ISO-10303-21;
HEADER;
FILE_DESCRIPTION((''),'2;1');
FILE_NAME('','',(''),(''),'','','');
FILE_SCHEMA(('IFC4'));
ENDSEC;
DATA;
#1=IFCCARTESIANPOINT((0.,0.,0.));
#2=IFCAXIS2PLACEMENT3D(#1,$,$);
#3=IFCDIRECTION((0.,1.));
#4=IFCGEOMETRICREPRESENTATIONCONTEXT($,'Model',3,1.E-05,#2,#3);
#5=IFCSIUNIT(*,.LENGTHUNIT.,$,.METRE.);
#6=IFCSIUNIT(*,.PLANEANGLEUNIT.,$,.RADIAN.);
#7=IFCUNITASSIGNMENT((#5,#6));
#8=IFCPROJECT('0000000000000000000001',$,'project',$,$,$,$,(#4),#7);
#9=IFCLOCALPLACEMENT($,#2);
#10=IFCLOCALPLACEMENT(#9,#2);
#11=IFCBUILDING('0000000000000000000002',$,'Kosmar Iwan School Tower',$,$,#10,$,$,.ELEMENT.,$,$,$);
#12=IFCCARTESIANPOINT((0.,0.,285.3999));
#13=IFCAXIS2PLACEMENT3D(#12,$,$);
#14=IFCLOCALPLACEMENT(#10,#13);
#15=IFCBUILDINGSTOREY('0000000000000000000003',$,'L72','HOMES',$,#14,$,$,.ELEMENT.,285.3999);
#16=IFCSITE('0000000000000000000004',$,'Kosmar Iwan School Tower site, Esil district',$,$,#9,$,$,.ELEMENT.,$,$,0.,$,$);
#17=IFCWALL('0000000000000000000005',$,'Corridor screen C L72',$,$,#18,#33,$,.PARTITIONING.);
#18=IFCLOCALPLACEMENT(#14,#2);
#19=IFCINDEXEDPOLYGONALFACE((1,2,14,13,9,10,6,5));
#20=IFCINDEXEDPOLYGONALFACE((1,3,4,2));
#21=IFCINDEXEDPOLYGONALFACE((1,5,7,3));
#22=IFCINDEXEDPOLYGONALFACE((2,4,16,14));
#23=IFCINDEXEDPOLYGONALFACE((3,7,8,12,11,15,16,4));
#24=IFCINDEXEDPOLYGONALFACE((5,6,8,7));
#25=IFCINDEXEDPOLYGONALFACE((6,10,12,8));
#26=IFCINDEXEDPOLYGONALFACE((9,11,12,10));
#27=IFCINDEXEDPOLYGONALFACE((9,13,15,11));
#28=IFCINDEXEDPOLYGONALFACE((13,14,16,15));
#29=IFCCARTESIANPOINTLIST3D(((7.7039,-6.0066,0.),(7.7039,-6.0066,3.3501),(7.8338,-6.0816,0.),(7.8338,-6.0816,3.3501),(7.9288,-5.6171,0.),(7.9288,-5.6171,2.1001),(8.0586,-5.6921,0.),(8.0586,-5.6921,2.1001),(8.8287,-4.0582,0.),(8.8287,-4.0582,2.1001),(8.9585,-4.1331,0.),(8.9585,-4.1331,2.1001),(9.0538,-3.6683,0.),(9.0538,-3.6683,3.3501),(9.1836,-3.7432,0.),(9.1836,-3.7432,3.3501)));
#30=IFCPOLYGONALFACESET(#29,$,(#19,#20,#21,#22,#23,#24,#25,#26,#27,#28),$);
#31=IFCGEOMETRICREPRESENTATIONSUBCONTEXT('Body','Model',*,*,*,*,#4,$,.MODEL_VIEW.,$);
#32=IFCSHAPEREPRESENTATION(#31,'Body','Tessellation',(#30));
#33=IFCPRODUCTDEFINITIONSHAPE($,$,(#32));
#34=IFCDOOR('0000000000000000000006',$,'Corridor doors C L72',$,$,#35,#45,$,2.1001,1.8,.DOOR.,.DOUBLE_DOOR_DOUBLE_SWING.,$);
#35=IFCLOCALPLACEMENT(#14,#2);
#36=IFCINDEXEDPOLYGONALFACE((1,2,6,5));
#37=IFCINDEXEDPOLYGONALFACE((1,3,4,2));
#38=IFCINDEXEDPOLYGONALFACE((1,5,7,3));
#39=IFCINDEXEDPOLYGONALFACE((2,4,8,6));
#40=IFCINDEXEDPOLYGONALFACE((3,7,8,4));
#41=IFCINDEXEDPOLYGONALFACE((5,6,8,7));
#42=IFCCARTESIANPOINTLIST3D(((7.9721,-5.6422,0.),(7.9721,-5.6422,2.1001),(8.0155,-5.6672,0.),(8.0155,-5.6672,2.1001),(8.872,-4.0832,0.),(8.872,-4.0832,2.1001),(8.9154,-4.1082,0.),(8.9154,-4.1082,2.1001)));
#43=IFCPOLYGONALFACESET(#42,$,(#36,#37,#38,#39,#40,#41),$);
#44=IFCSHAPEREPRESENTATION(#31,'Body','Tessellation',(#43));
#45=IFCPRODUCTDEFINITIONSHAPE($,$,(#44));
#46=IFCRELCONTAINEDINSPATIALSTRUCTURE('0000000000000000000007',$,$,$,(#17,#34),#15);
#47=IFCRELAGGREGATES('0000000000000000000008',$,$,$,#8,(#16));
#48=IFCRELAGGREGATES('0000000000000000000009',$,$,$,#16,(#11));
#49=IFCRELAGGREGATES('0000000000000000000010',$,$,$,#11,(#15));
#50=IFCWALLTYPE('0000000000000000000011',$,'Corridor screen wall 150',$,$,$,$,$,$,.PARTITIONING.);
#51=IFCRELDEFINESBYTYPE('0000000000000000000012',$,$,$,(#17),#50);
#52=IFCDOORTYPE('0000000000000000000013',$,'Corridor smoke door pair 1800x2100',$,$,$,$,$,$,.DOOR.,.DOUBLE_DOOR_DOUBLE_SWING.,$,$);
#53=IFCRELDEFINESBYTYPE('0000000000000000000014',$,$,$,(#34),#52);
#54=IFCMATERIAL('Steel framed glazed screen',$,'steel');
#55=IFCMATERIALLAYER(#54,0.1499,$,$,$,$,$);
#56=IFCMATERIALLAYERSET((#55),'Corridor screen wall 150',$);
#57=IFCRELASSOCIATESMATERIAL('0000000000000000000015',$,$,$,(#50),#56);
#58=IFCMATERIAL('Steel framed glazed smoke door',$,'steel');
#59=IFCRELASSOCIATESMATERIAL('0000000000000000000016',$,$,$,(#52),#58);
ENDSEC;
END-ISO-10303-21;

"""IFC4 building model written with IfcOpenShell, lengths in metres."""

from ifc_helpers import new_model, si_unit, direction, frame, frame_2d, origin, place, context, subcontext, project, spatial, rectangle, extrude, material, layer, layer_set, type_object, element, fill, save


model = new_model("IFC4")

# Units and contexts
model_context = context("Model", 3, precision=1e-05, world=origin(), true_north=direction((0.0, 1.0)))
body_context = subcontext(model_context, "Body", "Model", "MODEL_VIEW")
ifc_project = project(units=[si_unit("LENGTHUNIT", "METRE"), si_unit("PLANEANGLEUNIT", "RADIAN")], contexts=[model_context])

# Site, building, storey
site_placement = place(None, origin())
site = spatial("IfcSite", under=ifc_project, at=site_placement, Name="Kosmar Iwan School Tower site, Esil district", CompositionType="ELEMENT", RefElevation=0.0)
building_placement = place(site_placement, origin())
building = spatial("IfcBuilding", under=site, at=building_placement, Name="Kosmar Iwan School Tower", CompositionType="ELEMENT")
storey_placement = place(building_placement, frame((0.0, 0.0, 285.3999)))
storey = spatial("IfcBuildingStorey", under=building, at=storey_placement, Name="L72", Description="HOMES", CompositionType="ELEMENT", Elevation=285.3999)

# Wall, opening, door
ifc_material_1 = material(Name="Steel framed glazed screen", Category="steel")
ifc_layer_1 = layer(ifc_material_1, 0.1499)
ifc_layer_set_1 = layer_set([ifc_layer_1], Name="Corridor screen wall 150")
wall_type_1 = type_object("IfcWallType", Name="Corridor screen wall 150", PredefinedType="PARTITIONING", material=ifc_layer_set_1)
wall_1_placement = place(storey_placement, frame((7.7688, -6.0442, 0.0), z_axis=(0.0, 0.0, 1.0), x_axis=(0.499942, 0.866059, 0.0)))
wall_1 = element("IfcWall", 1, at=wall_1_placement, inside=storey, type_object=wall_type_1, Name="Corridor screen C L72", PredefinedType="PARTITIONING", context=body_context, shape_type="SweptSolid", body=[
    extrude(rectangle(XDim=2.7, YDim=0.1499, at=frame_2d((1.3501, 0.0))), origin(), (0.0, 0.0, 1.0), 3.3501),
])
opening_1_placement = place(wall_1_placement, frame((0.45, 0.0, 0.0)))
opening_1 = element("IfcOpeningElement", 2, at=opening_1_placement, cuts=wall_1, PredefinedType="OPENING", context=body_context, shape_type="SweptSolid", body=[
    extrude(rectangle(XDim=1.8, YDim=2.1001, at=frame_2d((0.8999, 1.05))), frame((0.0, 0.0869, 0.0), z_axis=(0.0, -1.0, 0.0), x_axis=(1.0, 0.0, 0.0)), (0.0, 0.0, 1.0), 0.1738),
])
ifc_material_2 = material(Name="Steel framed glazed smoke door", Category="steel")
door_type_1 = type_object("IfcDoorType", Name="Corridor smoke door pair 1800x2100", OperationType="DOUBLE_DOOR_DOUBLE_SWING", PredefinedType="DOOR", material=ifc_material_2)
door_1_placement = place(opening_1_placement, origin())
door_1 = element("IfcDoor", 3, at=door_1_placement, inside=storey, type_object=door_type_1, Name="Corridor doors C L72", OperationType="DOUBLE_DOOR_DOUBLE_SWING", OverallHeight=2.1001, OverallWidth=1.8, PredefinedType="DOOR", context=body_context, shape_type="SweptSolid", body=[
    extrude(rectangle(XDim=1.8, YDim=2.1001, at=frame_2d((0.8999, 1.05))), frame((0.0, 0.0249, 0.0), z_axis=(0.0, -1.0, 0.0), x_axis=(1.0, 0.0, 0.0)), (0.0, 0.0, 1.0), 0.05),
])
fill(opening_1, door_1)

save(model, "model.ifc")
